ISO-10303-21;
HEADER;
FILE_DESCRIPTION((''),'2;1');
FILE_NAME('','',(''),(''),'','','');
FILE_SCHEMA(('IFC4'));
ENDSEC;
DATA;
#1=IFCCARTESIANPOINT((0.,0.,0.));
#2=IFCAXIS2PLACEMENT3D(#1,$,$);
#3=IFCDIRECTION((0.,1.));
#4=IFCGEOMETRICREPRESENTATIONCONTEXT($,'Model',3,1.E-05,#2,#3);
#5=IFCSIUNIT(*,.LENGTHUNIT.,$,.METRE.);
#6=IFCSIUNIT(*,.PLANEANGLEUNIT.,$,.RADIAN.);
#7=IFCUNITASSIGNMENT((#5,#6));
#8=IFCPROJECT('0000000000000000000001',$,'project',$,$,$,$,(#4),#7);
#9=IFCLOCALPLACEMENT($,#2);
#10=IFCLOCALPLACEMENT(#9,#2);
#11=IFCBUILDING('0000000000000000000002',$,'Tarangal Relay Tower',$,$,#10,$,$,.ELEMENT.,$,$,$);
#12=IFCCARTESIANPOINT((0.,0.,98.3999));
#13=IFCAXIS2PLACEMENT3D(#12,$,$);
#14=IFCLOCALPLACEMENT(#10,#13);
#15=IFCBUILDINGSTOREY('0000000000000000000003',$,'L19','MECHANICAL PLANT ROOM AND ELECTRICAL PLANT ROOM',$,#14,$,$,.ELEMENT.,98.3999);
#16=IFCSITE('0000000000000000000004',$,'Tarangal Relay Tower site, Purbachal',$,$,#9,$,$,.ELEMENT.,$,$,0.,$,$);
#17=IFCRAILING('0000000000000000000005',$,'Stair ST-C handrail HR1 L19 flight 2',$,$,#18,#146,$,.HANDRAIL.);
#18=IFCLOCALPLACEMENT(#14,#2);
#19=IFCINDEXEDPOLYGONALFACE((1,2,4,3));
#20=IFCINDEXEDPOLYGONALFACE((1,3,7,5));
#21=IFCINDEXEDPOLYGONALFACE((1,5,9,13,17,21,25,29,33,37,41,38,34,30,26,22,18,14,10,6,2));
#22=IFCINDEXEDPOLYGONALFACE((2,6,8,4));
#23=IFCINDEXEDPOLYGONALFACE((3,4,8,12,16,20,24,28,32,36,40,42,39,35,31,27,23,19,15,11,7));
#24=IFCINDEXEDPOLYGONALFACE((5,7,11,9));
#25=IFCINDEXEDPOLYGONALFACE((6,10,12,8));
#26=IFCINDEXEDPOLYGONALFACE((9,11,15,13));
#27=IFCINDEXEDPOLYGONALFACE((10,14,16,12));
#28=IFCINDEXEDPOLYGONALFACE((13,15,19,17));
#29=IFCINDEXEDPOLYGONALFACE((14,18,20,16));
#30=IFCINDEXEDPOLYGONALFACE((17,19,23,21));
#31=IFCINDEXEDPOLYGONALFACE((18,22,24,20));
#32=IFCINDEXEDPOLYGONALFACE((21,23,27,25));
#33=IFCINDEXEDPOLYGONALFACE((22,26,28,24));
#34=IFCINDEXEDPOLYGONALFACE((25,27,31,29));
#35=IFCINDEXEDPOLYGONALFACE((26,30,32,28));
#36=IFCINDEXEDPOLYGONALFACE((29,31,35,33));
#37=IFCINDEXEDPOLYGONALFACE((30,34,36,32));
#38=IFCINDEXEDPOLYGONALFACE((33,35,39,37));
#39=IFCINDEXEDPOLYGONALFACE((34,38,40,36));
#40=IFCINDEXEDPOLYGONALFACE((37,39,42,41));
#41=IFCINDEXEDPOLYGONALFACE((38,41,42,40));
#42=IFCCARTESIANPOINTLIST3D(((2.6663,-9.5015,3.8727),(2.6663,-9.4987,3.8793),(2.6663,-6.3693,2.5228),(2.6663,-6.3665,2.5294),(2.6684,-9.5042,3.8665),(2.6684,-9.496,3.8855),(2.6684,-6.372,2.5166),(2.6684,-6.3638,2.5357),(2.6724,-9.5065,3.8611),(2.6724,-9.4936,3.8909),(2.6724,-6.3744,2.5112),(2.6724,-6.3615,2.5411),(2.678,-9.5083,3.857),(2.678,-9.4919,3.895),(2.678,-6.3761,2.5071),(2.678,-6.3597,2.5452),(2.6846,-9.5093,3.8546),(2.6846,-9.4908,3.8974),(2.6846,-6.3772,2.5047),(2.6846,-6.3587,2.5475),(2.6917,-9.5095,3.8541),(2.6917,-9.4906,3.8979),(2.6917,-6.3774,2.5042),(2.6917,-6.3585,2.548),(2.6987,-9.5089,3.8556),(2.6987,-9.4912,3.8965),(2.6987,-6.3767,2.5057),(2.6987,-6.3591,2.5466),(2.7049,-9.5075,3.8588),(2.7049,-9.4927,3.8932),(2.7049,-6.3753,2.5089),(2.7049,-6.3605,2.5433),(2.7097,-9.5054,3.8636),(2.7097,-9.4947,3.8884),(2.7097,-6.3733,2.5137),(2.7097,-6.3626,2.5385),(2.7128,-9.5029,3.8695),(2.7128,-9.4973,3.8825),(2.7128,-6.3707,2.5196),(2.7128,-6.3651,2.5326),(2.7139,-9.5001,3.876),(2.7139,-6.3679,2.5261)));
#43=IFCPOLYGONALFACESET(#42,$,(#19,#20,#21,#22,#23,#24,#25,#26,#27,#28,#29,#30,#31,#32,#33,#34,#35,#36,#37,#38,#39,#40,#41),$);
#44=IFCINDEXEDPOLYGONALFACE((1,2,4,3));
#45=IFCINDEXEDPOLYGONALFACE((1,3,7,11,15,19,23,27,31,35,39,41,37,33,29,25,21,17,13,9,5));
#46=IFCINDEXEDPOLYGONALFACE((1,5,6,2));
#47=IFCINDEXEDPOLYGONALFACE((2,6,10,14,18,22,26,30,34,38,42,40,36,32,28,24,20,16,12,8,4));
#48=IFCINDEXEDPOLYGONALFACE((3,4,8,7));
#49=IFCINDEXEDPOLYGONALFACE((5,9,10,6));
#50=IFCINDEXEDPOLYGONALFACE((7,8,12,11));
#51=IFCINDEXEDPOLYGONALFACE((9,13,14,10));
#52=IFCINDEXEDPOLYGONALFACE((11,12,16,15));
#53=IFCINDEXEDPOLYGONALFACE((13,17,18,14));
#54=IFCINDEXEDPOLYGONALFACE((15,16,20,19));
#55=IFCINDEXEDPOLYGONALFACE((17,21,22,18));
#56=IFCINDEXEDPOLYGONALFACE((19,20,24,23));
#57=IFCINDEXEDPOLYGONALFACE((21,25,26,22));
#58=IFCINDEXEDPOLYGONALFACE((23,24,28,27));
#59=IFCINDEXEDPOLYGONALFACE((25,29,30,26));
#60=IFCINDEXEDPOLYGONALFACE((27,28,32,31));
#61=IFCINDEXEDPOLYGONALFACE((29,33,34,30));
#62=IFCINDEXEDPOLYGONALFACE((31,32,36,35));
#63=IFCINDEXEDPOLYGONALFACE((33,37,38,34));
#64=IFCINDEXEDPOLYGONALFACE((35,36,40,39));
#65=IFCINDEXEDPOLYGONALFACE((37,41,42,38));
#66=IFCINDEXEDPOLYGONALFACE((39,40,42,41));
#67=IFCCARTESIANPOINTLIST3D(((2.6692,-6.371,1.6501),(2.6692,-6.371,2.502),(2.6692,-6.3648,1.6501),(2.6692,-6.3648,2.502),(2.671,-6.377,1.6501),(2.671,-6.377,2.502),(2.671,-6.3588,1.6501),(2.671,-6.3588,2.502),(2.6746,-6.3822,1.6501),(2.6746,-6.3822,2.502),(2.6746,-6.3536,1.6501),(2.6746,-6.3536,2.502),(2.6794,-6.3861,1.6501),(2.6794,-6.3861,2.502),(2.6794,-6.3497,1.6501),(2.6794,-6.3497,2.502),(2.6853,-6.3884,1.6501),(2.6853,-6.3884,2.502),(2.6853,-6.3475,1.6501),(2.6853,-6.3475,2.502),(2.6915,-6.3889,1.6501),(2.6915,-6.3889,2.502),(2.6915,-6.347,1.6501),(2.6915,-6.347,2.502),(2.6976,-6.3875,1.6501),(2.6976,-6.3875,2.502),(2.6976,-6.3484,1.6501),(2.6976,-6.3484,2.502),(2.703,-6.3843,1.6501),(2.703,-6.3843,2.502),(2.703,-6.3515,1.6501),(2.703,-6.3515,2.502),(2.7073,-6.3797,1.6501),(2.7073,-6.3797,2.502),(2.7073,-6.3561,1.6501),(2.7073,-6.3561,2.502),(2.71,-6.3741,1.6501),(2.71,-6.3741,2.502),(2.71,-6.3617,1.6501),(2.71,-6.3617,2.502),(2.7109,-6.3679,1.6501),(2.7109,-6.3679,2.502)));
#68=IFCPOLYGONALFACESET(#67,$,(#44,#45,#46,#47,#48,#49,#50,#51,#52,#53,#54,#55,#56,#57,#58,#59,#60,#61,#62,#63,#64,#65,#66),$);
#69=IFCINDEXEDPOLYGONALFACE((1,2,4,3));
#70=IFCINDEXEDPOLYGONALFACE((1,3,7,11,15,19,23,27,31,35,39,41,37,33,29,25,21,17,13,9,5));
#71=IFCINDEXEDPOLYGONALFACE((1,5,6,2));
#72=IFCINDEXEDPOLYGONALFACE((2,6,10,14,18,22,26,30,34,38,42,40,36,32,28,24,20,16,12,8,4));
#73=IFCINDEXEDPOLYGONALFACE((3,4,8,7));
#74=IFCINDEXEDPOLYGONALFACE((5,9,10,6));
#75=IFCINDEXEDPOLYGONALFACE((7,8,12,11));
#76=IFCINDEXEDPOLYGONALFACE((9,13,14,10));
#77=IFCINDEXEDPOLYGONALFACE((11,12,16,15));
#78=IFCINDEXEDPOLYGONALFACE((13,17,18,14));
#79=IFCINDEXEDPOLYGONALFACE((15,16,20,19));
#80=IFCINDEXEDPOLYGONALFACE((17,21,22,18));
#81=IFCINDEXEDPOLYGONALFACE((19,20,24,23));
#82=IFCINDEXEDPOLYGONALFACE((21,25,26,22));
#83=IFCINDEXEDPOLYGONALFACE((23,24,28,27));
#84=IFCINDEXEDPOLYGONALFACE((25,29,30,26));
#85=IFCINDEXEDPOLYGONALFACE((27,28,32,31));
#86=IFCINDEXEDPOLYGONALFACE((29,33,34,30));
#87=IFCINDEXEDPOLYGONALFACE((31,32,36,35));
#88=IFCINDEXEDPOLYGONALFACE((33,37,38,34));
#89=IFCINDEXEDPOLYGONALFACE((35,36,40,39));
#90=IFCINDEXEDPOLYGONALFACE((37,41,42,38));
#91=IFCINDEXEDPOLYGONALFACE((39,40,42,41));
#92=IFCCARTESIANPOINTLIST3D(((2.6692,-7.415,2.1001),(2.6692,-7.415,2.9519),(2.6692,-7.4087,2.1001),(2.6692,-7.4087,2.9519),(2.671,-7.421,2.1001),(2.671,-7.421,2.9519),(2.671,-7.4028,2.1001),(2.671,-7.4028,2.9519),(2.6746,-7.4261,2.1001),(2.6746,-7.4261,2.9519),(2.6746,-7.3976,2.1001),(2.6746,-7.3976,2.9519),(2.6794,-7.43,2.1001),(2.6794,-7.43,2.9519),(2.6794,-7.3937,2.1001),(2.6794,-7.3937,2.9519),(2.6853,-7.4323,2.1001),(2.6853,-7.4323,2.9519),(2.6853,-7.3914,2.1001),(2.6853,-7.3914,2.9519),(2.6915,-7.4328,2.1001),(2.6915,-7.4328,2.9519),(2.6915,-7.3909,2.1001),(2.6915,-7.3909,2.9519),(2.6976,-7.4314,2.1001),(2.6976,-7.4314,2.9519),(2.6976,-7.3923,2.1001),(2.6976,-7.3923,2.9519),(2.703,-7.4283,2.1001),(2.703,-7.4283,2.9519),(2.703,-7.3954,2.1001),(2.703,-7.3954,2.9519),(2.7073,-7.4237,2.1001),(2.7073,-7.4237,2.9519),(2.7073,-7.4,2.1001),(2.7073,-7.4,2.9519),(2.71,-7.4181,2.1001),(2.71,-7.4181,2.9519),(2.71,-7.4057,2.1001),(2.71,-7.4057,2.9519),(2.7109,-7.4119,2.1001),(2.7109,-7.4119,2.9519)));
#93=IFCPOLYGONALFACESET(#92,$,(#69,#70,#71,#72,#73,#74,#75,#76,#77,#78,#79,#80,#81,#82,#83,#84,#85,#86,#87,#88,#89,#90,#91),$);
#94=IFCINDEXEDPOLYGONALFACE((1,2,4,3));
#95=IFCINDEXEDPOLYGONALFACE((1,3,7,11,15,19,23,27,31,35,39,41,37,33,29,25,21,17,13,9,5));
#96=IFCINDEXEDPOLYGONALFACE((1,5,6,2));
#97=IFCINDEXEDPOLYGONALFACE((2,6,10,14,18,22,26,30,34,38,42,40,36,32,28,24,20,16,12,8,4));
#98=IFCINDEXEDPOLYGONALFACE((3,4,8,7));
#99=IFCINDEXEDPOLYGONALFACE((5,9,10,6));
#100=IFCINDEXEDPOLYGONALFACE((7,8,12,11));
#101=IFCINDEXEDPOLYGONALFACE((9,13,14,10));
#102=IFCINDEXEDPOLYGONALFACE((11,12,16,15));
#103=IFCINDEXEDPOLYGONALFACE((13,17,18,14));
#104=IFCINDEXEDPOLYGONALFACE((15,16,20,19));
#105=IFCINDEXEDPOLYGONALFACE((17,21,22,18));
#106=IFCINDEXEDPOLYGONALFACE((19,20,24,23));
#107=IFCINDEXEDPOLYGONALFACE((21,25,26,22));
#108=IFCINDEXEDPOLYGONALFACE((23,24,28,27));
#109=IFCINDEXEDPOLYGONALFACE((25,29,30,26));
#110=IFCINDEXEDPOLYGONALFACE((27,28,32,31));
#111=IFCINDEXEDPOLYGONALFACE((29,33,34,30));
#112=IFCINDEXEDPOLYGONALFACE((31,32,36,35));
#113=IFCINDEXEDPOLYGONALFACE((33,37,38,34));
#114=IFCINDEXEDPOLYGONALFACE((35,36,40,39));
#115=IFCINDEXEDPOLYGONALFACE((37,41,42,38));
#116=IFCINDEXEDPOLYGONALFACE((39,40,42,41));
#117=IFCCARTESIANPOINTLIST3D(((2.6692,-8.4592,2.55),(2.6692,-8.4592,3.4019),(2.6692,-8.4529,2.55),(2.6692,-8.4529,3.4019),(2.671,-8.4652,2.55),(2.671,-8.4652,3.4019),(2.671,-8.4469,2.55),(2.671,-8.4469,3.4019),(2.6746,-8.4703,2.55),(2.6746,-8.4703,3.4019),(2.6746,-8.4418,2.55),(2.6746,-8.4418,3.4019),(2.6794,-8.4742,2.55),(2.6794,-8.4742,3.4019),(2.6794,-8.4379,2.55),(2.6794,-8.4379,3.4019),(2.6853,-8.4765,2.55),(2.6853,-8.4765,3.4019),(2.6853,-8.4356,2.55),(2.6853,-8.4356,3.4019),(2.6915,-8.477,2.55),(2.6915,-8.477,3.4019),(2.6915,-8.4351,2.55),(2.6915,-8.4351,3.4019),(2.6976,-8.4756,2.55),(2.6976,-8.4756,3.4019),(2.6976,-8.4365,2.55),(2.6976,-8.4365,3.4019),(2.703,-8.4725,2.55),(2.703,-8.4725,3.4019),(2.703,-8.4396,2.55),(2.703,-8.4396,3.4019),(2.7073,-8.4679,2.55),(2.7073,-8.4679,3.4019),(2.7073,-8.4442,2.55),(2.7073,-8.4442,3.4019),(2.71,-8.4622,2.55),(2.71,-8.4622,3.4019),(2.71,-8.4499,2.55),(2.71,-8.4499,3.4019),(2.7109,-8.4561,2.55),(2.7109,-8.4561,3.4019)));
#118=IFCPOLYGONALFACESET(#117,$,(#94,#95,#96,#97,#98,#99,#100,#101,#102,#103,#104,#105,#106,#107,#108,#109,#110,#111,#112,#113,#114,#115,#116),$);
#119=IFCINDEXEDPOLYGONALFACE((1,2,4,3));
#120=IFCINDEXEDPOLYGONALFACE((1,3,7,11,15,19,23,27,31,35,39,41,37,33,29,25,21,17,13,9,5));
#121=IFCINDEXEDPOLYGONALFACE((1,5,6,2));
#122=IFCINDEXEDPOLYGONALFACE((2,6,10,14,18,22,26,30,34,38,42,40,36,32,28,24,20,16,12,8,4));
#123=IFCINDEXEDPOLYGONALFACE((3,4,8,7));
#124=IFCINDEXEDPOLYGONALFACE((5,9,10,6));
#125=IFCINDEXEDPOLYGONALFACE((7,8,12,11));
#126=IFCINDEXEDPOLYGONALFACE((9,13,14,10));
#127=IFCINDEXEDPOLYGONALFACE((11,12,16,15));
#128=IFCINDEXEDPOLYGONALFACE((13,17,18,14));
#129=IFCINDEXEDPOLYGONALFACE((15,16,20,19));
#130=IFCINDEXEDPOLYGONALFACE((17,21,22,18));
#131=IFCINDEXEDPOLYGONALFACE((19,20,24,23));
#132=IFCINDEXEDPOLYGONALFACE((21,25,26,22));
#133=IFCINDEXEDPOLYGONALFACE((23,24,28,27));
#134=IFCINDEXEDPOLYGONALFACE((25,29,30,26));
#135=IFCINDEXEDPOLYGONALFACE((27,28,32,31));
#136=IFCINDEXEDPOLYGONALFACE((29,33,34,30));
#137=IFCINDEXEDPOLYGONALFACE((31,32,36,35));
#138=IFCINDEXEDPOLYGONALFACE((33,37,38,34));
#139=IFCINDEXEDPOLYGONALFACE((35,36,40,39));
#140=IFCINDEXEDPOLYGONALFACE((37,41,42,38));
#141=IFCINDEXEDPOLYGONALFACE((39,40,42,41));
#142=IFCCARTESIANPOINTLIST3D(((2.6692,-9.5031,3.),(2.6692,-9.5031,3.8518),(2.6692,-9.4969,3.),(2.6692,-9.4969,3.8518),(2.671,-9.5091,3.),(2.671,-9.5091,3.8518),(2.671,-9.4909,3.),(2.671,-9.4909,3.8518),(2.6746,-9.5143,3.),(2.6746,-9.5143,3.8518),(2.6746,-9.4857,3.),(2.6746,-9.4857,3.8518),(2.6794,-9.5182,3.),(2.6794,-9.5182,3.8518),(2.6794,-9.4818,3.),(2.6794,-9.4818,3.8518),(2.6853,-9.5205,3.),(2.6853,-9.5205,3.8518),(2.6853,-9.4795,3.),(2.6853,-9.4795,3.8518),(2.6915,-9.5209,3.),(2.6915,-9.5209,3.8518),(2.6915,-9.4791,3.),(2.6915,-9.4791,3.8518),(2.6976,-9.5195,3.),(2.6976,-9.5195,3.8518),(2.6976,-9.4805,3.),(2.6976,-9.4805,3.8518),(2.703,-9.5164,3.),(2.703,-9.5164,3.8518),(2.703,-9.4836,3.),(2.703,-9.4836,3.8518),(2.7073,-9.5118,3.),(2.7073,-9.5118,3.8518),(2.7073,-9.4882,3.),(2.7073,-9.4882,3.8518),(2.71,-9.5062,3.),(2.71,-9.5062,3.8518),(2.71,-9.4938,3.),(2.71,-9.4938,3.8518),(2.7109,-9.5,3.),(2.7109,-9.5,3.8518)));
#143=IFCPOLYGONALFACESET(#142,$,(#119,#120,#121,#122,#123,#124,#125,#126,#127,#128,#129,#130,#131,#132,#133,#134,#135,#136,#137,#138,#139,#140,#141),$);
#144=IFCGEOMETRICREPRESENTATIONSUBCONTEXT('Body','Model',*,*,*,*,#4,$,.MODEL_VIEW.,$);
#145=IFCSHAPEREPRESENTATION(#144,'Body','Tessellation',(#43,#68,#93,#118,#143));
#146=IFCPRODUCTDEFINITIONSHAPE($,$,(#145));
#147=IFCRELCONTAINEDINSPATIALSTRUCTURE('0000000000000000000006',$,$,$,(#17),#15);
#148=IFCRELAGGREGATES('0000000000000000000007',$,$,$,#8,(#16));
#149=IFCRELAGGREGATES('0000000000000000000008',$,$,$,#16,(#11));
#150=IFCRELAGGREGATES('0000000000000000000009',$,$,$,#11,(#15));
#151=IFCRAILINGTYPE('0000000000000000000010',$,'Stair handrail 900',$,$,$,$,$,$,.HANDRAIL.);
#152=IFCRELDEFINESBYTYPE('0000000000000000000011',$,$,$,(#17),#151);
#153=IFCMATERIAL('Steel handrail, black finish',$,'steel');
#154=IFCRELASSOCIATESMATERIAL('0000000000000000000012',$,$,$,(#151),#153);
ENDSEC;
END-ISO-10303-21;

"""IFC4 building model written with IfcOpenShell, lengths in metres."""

from ifc_helpers import new_model, si_unit, direction, frame, origin, origin_2d, place, context, subcontext, project, spatial, circle, extrude, material, type_object, element, save


model = new_model("IFC4")

# Units and contexts
model_context = context("Model", 3, precision=1e-05, world=origin(), true_north=direction((0.0, 1.0)))
body_context = subcontext(model_context, "Body", "Model", "MODEL_VIEW")
ifc_project = project(units=[si_unit("LENGTHUNIT", "METRE"), si_unit("PLANEANGLEUNIT", "RADIAN")], contexts=[model_context])

# Site, building, storey
site_placement = place(None, origin())
site = spatial("IfcSite", under=ifc_project, at=site_placement, Name="Tarangal Relay Tower site, Purbachal", CompositionType="ELEMENT", RefElevation=0.0)
building_placement = place(site_placement, origin())
building = spatial("IfcBuilding", under=site, at=building_placement, Name="Tarangal Relay Tower", CompositionType="ELEMENT")
storey_placement = place(building_placement, frame((0.0, 0.0, 98.3999)))
storey = spatial("IfcBuildingStorey", under=building, at=storey_placement, Name="L19", Description="MECHANICAL PLANT ROOM AND ELECTRICAL PLANT ROOM", CompositionType="ELEMENT", Elevation=98.3999)

# Railing
ifc_material_1 = material(Name="Steel handrail, black finish", Category="steel")
railing_type_1 = type_object("IfcRailingType", Name="Stair handrail 900", PredefinedType="HANDRAIL", material=ifc_material_1)
for number, where, name in (
    (1, (2.6899, -6.3679, 1.6501), "Stair ST-C handrail HR1 L19 flight 2"),
):
    element("IfcRailing", number, at=place(storey_placement, frame(where)), inside=storey, type_object=railing_type_1, Name=name, PredefinedType="HANDRAIL", context=body_context, shape_type="SweptSolid", body=[
        extrude(circle(Radius=0.0239, at=origin_2d()), frame((0.0, 0.0, 0.876), z_axis=(0.0, -0.918343, 0.395785), x_axis=(1.0, 0.0, 0.0)), (0.0, 0.0, 1.0), 3.4106),
        extrude(circle(Radius=0.021, at=origin_2d()), origin(), (0.0, 0.0, 1.0), 0.8518),
        extrude(circle(Radius=0.021, at=origin_2d()), frame((0.0, -1.0439, 0.45)), (0.0, 0.0, 1.0), 0.8518),
        extrude(circle(Radius=0.021, at=origin_2d()), frame((0.0, -2.0881, 0.8999)), (0.0, 0.0, 1.0), 0.8518),
        extrude(circle(Radius=0.021, at=origin_2d()), frame((0.0, -3.1321, 1.3499)), (0.0, 0.0, 1.0), 0.8518),
    ])

save(model, "model.ifc")
